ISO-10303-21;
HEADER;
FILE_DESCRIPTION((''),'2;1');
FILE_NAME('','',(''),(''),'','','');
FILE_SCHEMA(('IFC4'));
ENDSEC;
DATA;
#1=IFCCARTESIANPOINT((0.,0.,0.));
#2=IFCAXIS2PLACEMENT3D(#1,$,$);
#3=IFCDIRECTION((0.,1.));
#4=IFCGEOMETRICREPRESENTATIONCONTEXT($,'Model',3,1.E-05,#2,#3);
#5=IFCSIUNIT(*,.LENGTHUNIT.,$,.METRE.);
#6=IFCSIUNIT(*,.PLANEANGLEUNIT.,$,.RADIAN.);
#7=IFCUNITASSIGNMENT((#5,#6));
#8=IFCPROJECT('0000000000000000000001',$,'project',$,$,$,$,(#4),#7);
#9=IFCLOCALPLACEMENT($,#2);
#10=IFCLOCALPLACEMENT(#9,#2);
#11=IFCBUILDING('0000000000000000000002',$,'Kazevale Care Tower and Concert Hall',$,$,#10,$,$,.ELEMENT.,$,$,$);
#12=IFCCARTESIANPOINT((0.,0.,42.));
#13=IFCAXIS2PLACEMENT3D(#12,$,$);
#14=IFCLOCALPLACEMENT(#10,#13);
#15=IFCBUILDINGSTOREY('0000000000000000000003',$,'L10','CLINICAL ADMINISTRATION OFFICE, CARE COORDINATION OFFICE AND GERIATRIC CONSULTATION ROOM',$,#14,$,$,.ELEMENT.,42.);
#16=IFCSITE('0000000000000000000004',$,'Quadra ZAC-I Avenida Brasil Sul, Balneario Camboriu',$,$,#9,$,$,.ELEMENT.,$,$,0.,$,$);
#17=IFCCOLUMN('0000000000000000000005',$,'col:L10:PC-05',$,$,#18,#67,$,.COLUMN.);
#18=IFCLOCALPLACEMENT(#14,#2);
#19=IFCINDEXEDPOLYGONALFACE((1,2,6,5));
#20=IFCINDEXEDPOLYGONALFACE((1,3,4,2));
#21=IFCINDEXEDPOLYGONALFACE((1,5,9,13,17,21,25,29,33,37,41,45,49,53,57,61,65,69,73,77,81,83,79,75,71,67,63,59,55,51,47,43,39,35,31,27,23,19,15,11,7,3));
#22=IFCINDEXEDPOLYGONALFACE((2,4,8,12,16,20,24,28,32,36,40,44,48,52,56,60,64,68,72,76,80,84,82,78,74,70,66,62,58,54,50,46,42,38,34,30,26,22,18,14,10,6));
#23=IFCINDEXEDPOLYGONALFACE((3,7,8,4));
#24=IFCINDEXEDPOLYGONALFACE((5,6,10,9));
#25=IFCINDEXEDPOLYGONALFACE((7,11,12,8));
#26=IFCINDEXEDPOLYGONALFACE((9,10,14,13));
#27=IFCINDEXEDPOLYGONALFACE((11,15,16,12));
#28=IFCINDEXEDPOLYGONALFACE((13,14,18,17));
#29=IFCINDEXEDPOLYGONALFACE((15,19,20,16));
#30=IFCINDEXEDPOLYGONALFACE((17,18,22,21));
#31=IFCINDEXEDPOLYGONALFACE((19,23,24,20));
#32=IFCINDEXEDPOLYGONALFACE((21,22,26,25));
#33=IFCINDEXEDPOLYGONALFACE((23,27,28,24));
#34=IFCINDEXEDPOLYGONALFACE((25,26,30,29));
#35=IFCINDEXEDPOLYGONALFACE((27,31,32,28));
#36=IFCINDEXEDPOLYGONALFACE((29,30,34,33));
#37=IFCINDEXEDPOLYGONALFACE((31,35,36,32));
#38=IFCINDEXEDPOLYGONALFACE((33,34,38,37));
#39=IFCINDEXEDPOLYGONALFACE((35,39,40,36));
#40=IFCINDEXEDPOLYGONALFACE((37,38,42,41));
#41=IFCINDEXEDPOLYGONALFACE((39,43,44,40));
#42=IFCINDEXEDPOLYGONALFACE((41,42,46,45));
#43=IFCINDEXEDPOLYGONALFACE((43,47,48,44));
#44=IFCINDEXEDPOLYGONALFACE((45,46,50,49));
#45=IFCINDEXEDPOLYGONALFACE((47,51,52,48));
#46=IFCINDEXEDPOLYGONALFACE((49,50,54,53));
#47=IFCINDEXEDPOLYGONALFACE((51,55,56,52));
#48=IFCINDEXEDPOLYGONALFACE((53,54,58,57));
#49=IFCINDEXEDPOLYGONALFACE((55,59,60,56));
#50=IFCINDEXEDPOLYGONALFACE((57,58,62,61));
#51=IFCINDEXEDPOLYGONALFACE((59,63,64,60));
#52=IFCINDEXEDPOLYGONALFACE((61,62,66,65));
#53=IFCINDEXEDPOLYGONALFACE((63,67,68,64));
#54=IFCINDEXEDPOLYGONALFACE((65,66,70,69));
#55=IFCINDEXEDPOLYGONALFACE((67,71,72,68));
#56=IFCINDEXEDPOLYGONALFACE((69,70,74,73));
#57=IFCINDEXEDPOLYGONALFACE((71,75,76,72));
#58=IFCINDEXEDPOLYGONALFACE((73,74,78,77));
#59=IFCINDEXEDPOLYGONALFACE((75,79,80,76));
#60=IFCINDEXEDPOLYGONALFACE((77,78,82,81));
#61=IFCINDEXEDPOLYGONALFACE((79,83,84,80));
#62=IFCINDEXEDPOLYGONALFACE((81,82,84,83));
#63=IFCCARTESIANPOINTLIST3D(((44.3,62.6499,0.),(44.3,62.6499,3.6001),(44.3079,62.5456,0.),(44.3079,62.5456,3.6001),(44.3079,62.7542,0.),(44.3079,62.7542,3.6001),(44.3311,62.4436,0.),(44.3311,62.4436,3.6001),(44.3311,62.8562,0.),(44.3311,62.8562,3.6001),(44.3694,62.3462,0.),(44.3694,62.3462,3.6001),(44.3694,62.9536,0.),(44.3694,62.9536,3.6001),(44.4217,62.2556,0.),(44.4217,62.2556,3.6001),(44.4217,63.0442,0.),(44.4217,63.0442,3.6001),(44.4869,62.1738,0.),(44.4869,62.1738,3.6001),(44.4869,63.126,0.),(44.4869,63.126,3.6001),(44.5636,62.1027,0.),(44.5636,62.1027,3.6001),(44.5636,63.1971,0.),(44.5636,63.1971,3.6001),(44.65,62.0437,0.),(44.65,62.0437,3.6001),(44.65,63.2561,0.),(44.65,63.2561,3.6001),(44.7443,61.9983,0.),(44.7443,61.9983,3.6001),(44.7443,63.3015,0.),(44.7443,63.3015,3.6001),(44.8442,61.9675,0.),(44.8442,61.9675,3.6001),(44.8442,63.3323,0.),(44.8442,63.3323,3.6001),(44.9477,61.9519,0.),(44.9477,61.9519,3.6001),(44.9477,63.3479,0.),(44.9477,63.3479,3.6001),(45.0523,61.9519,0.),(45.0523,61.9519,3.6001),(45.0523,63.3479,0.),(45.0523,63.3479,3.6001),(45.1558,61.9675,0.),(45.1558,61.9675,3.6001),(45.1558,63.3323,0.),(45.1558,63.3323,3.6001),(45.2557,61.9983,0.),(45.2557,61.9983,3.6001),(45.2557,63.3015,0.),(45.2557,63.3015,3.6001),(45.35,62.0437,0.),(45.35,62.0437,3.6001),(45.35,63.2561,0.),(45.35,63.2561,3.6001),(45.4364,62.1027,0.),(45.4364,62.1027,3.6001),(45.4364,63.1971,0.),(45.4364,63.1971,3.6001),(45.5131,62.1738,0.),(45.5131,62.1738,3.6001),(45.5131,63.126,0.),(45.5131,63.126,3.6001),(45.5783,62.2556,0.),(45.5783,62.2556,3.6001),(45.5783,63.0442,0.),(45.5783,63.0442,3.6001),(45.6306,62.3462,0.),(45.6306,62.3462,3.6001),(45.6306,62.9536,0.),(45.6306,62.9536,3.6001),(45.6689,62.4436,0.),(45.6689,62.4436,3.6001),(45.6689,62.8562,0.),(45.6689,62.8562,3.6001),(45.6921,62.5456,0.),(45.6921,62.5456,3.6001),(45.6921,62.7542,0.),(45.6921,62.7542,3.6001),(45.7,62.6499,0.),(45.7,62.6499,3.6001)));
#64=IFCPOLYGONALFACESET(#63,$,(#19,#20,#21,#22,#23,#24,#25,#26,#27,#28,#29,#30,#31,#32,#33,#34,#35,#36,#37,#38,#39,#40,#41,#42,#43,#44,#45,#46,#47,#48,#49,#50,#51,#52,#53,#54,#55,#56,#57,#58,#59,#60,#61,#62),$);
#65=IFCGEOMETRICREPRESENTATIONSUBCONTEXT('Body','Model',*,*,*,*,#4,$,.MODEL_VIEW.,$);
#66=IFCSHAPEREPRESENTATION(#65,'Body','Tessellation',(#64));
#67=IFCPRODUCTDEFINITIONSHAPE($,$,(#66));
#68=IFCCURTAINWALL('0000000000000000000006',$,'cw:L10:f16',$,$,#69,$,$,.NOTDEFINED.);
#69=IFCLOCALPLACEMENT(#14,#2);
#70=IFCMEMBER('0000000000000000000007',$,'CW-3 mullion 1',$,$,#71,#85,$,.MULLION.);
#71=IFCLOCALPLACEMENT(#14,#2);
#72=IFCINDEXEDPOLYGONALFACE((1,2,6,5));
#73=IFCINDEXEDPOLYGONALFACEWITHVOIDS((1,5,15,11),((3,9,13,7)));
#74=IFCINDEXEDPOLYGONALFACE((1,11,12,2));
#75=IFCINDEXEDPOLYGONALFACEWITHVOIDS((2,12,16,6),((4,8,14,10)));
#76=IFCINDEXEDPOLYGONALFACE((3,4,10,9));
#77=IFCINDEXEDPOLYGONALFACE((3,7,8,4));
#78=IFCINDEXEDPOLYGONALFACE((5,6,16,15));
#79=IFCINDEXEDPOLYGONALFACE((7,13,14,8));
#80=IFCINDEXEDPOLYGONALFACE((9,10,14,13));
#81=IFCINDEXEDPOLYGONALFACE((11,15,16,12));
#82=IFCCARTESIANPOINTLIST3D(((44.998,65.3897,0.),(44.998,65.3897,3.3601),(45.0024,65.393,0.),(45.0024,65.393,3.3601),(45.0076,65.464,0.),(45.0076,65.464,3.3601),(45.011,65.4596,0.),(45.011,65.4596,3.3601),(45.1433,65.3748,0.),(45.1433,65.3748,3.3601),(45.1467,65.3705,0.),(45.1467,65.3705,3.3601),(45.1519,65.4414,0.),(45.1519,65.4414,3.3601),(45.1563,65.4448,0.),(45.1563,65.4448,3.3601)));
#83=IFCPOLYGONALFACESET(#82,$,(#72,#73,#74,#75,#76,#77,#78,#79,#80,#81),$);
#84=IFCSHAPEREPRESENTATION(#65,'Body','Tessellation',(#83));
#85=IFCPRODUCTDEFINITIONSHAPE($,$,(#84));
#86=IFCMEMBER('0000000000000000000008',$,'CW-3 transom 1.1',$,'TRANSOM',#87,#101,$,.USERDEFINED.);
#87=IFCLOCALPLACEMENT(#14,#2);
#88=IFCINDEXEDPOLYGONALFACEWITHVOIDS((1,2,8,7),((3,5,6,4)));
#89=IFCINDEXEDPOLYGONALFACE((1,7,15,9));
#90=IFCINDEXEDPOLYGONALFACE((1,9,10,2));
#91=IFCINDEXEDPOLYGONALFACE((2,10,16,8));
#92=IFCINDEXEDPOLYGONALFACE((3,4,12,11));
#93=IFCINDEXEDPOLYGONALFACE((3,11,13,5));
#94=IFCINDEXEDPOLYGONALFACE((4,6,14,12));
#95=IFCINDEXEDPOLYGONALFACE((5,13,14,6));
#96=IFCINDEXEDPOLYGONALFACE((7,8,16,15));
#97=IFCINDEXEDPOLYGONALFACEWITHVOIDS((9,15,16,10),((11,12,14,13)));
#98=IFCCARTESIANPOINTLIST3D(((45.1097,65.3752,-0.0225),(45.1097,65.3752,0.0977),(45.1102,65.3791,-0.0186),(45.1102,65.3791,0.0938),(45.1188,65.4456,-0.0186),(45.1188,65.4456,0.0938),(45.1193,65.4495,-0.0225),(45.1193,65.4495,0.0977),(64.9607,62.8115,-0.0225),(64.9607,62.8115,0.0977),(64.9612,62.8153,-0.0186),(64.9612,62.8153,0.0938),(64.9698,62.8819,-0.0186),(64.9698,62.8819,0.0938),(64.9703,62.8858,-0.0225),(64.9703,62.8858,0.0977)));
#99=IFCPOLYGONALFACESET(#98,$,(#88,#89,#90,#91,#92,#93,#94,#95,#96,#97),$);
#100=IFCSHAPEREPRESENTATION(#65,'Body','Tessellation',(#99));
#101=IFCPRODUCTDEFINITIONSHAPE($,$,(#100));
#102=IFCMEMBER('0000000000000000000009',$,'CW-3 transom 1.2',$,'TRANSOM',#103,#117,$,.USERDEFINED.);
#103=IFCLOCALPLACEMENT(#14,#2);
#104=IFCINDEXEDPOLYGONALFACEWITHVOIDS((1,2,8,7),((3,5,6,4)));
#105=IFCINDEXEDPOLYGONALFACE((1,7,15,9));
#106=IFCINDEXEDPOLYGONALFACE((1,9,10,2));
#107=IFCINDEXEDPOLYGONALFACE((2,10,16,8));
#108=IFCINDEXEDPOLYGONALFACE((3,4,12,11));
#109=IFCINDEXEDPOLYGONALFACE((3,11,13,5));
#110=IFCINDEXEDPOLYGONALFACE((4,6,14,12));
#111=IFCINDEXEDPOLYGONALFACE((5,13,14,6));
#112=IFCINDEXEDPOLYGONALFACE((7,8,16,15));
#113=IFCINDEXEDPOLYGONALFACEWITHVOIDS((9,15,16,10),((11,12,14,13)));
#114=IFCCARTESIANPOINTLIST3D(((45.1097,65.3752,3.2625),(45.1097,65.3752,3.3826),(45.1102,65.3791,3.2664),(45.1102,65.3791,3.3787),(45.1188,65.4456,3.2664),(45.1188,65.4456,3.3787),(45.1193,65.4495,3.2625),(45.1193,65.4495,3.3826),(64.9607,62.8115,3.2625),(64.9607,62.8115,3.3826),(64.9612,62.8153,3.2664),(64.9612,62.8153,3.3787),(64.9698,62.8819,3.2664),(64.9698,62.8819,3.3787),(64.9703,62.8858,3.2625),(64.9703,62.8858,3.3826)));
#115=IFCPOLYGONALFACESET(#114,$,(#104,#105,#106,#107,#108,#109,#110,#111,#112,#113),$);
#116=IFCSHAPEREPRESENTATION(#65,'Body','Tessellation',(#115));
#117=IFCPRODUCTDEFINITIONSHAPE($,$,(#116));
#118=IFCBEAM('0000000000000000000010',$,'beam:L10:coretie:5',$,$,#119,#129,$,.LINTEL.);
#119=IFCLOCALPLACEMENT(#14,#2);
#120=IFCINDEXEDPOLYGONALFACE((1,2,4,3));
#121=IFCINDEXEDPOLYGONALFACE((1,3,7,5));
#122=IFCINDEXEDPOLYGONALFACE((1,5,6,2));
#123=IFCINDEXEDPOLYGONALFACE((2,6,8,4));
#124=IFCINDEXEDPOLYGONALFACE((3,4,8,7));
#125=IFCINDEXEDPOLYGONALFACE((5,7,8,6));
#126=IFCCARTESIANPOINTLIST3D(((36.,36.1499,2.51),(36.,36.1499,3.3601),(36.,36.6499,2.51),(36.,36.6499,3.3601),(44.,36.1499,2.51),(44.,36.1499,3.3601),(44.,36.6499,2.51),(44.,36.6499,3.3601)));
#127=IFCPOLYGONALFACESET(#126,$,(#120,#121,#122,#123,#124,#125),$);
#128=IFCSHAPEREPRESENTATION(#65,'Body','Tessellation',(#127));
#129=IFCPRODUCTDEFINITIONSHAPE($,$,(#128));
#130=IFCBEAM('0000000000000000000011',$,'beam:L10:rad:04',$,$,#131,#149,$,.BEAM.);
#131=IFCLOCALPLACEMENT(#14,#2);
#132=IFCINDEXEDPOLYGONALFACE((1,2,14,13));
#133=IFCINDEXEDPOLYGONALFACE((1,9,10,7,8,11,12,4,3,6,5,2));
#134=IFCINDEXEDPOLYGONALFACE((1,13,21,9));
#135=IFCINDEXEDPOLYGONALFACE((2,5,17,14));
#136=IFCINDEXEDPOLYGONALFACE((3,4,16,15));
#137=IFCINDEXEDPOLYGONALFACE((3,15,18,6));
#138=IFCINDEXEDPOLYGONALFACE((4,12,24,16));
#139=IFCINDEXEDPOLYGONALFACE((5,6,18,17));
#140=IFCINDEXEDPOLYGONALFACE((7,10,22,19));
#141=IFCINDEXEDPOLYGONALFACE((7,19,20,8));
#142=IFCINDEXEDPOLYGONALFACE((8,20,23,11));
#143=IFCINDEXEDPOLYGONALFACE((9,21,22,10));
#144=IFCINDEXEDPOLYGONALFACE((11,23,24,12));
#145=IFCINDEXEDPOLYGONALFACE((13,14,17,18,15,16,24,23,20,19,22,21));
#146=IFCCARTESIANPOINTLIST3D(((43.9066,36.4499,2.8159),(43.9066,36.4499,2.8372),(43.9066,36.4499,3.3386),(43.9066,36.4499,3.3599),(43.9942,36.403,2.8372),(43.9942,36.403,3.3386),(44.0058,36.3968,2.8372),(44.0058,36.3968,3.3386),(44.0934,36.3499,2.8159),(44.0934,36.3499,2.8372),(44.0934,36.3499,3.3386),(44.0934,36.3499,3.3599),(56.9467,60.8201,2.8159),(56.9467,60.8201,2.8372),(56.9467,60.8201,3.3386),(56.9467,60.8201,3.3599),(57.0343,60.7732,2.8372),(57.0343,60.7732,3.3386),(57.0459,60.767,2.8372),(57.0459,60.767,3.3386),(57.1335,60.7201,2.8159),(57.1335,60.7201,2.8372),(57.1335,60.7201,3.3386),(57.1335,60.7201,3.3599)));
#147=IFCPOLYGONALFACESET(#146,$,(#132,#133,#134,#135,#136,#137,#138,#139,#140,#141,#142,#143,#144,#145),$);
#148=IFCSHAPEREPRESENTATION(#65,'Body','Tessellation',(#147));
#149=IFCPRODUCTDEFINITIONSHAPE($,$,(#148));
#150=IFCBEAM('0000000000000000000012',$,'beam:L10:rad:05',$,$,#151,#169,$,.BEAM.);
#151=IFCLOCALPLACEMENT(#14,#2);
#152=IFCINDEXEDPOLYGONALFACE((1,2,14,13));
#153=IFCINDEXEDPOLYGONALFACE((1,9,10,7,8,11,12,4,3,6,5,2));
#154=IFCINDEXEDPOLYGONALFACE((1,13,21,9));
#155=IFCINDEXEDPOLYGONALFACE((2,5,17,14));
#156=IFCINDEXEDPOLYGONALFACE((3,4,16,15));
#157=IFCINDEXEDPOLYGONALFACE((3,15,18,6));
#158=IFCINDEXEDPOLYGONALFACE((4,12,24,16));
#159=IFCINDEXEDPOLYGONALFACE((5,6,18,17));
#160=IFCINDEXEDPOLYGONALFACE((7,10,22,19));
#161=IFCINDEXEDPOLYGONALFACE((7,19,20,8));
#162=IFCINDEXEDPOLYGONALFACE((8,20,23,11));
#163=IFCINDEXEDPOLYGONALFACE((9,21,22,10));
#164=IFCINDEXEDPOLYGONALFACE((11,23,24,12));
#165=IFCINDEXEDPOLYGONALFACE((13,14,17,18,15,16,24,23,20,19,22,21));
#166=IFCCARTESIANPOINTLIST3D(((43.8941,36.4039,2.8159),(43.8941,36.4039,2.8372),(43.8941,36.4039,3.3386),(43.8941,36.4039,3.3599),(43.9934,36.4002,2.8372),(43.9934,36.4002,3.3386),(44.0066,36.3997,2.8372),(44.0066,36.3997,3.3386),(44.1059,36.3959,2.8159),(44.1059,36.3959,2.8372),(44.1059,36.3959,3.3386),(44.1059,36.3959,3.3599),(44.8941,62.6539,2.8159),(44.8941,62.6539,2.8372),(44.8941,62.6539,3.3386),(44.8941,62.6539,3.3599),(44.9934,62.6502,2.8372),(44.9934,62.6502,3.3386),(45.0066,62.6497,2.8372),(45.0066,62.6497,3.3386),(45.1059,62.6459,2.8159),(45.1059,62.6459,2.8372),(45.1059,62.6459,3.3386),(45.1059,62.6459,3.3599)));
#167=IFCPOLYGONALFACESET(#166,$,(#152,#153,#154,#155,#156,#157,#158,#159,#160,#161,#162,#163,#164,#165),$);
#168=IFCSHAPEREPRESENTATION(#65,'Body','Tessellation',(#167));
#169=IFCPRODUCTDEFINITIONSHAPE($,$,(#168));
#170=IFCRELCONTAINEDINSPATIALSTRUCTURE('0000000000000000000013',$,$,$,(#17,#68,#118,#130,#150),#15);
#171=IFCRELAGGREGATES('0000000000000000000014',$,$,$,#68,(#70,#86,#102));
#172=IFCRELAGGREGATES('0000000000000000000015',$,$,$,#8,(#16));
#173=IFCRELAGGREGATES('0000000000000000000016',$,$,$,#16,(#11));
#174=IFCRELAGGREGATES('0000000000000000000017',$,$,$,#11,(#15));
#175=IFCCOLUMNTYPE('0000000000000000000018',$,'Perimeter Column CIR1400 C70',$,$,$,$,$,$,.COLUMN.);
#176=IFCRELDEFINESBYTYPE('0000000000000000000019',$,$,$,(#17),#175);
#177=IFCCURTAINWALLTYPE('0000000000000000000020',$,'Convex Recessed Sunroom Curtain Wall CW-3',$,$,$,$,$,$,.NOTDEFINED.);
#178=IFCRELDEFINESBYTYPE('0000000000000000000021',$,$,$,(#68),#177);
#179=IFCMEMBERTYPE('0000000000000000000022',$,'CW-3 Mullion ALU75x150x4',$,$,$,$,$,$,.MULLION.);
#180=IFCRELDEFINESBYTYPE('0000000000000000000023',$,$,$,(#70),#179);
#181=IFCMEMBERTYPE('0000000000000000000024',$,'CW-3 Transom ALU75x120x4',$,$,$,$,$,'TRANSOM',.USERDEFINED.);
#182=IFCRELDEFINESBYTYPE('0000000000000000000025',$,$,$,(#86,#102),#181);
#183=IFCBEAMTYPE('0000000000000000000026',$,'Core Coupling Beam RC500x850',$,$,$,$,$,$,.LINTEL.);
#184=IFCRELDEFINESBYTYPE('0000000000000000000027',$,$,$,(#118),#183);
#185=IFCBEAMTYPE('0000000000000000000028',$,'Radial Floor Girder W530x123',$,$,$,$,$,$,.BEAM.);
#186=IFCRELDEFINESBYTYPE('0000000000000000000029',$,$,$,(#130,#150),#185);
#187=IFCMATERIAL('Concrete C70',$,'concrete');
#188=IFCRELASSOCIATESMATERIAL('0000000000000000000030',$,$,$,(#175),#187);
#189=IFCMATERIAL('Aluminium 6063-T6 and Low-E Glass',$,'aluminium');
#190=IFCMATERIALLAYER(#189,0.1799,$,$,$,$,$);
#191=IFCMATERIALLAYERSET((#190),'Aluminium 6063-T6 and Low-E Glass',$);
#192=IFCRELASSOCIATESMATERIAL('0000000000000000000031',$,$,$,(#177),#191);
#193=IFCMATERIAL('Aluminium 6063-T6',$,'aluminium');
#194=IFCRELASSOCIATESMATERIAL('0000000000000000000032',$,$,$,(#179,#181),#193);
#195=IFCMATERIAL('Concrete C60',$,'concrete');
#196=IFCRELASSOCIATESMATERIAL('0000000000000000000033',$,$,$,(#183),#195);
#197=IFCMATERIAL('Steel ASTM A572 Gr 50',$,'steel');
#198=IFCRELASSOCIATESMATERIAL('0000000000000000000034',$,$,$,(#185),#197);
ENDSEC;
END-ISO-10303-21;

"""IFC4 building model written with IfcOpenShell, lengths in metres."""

from ifc_helpers import new_model, si_unit, direction, frame, origin, origin_2d, place, context, subcontext, project, spatial, rectangle, hollow_rectangle, circle, i_section, extrude, material, layer, layer_set, material_profile, profile_set, type_object, element, aggregate, save


model = new_model("IFC4")

# Units and contexts
model_context = context("Model", 3, precision=1e-05, world=origin(), true_north=direction((0.0, 1.0)))
body_context = subcontext(model_context, "Body", "Model", "MODEL_VIEW")
ifc_project = project(units=[si_unit("LENGTHUNIT", "METRE"), si_unit("PLANEANGLEUNIT", "RADIAN")], contexts=[model_context])

# Site, building, storey
site_placement = place(None, origin())
site = spatial("IfcSite", under=ifc_project, at=site_placement, Name="Quadra ZAC-I Avenida Brasil Sul, Balneario Camboriu", CompositionType="ELEMENT", RefElevation=0.0)
building_placement = place(site_placement, origin())
building = spatial("IfcBuilding", under=site, at=building_placement, Name="Kazevale Care Tower and Concert Hall", CompositionType="ELEMENT")
storey_placement = place(building_placement, frame((0.0, 0.0, 42.0)))
storey = spatial("IfcBuildingStorey", under=building, at=storey_placement, Name="L10", Description="CLINICAL ADMINISTRATION OFFICE, CARE COORDINATION OFFICE AND GERIATRIC CONSULTATION ROOM", CompositionType="ELEMENT", Elevation=42.0)

# Column
ifc_material_1 = material(Name="Concrete C70", Category="concrete")
ifc_material_profile_1 = material_profile(ifc_material_1, circle(Radius=0.7, at=origin_2d()), Name="RC-CIR1400")
ifc_profile_set_1 = profile_set([ifc_material_profile_1], Name="Concrete C70")
column_type = type_object("IfcColumnType", Name="Perimeter Column CIR1400 C70", PredefinedType="COLUMN", material=ifc_profile_set_1)
column_placement = place(storey_placement, frame((45.0, 62.6499, 0.0), z_axis=(0.0, 0.0, 1.0), x_axis=(1.0, 0.0, 0.0)))
element("IfcColumn", 1, at=column_placement, inside=storey, type_object=column_type, Name="col:L10:PC-05", PredefinedType="COLUMN", context=body_context, shape_type="SweptSolid", body=[
    extrude(circle(Radius=0.7, at=origin_2d()), origin(), (0.0, 0.0, 1.0), 3.6001),
])

# Curtain wall, members
ifc_material_2 = material(Name="Aluminium 6063-T6 and Low-E Glass", Category="aluminium")
ifc_layer_1 = layer(ifc_material_2, 0.1799)
ifc_layer_set_1 = layer_set([ifc_layer_1], Name="Aluminium 6063-T6 and Low-E Glass")
curtain_wall_type = type_object("IfcCurtainWallType", Name="Convex Recessed Sunroom Curtain Wall CW-3", PredefinedType="NOTDEFINED", material=ifc_layer_set_1)
curtain_wall_placement = place(storey_placement, origin())
curtain_wall = element("IfcCurtainWall", 2, at=curtain_wall_placement, inside=storey, type_object=curtain_wall_type, Name="cw:L10:f16", PredefinedType="NOTDEFINED")
ifc_material_3 = material(Name="Aluminium 6063-T6", Category="aluminium")
ifc_material_profile_2 = material_profile(ifc_material_3, hollow_rectangle(XDim=0.075, YDim=0.1499, WallThickness=0.0039, at=origin_2d()), Name="ALU75x150x4")
ifc_profile_set_2 = profile_set([ifc_material_profile_2], Name="Aluminium 6063-T6")
member_type_1 = type_object("IfcMemberType", Name="CW-3 Mullion ALU75x150x4", PredefinedType="MULLION", material=ifc_profile_set_2)
member_1_placement = place(storey_placement, frame((45.0771, 65.4172, 0.0), z_axis=(0.0, 0.0, 1.0), x_axis=(0.128086, 0.991763, 0.0)))
member_1 = element("IfcMember", 3, at=member_1_placement, type_object=member_type_1, Name="CW-3 mullion 1", PredefinedType="MULLION", context=body_context, shape_type="SweptSolid", body=[
    extrude(hollow_rectangle(XDim=0.075, YDim=0.1499, WallThickness=0.0039, at=origin_2d()), origin(), (0.0, 0.0, 1.0), 3.3601),
])
ifc_material_profile_3 = material_profile(ifc_material_3, hollow_rectangle(XDim=0.075, YDim=0.1201, WallThickness=0.0039, at=origin_2d()), Name="ALU75x120x4")
ifc_profile_set_3 = profile_set([ifc_material_profile_3], Name="Aluminium 6063-T6")
member_type_2 = type_object("IfcMemberType", Name="CW-3 Transom ALU75x120x4", ElementType="TRANSOM", PredefinedType="USERDEFINED", material=ifc_profile_set_3)
member_2_placement = place(storey_placement, frame((45.1145, 65.4124, 0.0376), z_axis=(0.991763, -0.128084, 0.0), x_axis=(0.128084, 0.991763, 0.0)))
member_2 = element("IfcMember", 4, at=member_2_placement, type_object=member_type_2, Name="CW-3 transom 1.1", ObjectType="TRANSOM", PredefinedType="USERDEFINED", context=body_context, shape_type="SweptSolid", body=[
    extrude(hollow_rectangle(XDim=0.075, YDim=0.1201, WallThickness=0.0039, at=origin_2d()), origin(), (0.0, 0.0, 1.0), 20.0159),
])
member_3_placement = place(storey_placement, frame((45.1145, 65.4124, 3.3225), z_axis=(0.991763, -0.128084, 0.0), x_axis=(0.128084, 0.991763, 0.0)))
member_3 = element("IfcMember", 5, at=member_3_placement, type_object=member_type_2, Name="CW-3 transom 1.2", ObjectType="TRANSOM", PredefinedType="USERDEFINED", context=body_context, shape_type="SweptSolid", body=[
    extrude(hollow_rectangle(XDim=0.075, YDim=0.1201, WallThickness=0.0039, at=origin_2d()), origin(), (0.0, 0.0, 1.0), 20.0159),
])
aggregate(curtain_wall, [member_1, member_2, member_3])

# Beams
ifc_material_4 = material(Name="Concrete C60", Category="concrete")
ifc_material_profile_4 = material_profile(ifc_material_4, rectangle(XDim=0.5, YDim=0.8501, at=origin_2d()), Name="RC-B500x850")
ifc_profile_set_4 = profile_set([ifc_material_profile_4], Name="Concrete C60")
beam_type_1 = type_object("IfcBeamType", Name="Core Coupling Beam RC500x850", PredefinedType="LINTEL", material=ifc_profile_set_4)
beam_1_placement = place(storey_placement, frame((44.0, 36.3999, 2.9351), z_axis=(-1.0, 0.0, 0.0), x_axis=(0.0, -1.0, 0.0)))
element("IfcBeam", 6, at=beam_1_placement, inside=storey, type_object=beam_type_1, Name="beam:L10:coretie:5", PredefinedType="LINTEL", context=body_context, shape_type="SweptSolid", body=[
    extrude(rectangle(XDim=0.5, YDim=0.8501, at=origin_2d()), origin(), (0.0, 0.0, 1.0), 8.0),
])
ifc_material_5 = material(Name="Steel ASTM A572 Gr 50", Category="steel")
ifc_material_profile_5 = material_profile(ifc_material_5, i_section(OverallWidth=0.2119, OverallDepth=0.5439, WebThickness=0.0132, FlangeThickness=0.0212, at=origin_2d()), Name="W530x123")
ifc_profile_set_5 = profile_set([ifc_material_profile_5], Name="Steel ASTM A572 Gr 50")
beam_type_2 = type_object("IfcBeamType", Name="Radial Floor Girder W530x123", PredefinedType="BEAM", material=ifc_profile_set_5)
beam_2_placement = place(storey_placement, frame((44.0, 36.3999, 3.0879), z_axis=(0.471789, 0.881712, 0.0), x_axis=(-0.881712, 0.471789, 0.0)))
element("IfcBeam", 7, at=beam_2_placement, inside=storey, type_object=beam_type_2, Name="beam:L10:rad:04", PredefinedType="BEAM", context=body_context, shape_type="SweptSolid", body=[
    extrude(i_section(OverallWidth=0.2119, OverallDepth=0.5439, WebThickness=0.0132, FlangeThickness=0.0212, at=origin_2d()), origin(), (0.0, 0.0, 1.0), 27.6396),
])
beam_3_placement = place(storey_placement, frame((44.0, 36.3999, 3.0879), z_axis=(0.038068, 0.999275, 0.0), x_axis=(-0.999275, 0.038068, 0.0)))
element("IfcBeam", 8, at=beam_3_placement, inside=storey, type_object=beam_type_2, Name="beam:L10:rad:05", PredefinedType="BEAM", context=body_context, shape_type="SweptSolid", body=[
    extrude(i_section(OverallWidth=0.2119, OverallDepth=0.5439, WebThickness=0.0132, FlangeThickness=0.0212, at=origin_2d()), origin(), (0.0, 0.0, 1.0), 26.269),
])

save(model, "model.ifc")
